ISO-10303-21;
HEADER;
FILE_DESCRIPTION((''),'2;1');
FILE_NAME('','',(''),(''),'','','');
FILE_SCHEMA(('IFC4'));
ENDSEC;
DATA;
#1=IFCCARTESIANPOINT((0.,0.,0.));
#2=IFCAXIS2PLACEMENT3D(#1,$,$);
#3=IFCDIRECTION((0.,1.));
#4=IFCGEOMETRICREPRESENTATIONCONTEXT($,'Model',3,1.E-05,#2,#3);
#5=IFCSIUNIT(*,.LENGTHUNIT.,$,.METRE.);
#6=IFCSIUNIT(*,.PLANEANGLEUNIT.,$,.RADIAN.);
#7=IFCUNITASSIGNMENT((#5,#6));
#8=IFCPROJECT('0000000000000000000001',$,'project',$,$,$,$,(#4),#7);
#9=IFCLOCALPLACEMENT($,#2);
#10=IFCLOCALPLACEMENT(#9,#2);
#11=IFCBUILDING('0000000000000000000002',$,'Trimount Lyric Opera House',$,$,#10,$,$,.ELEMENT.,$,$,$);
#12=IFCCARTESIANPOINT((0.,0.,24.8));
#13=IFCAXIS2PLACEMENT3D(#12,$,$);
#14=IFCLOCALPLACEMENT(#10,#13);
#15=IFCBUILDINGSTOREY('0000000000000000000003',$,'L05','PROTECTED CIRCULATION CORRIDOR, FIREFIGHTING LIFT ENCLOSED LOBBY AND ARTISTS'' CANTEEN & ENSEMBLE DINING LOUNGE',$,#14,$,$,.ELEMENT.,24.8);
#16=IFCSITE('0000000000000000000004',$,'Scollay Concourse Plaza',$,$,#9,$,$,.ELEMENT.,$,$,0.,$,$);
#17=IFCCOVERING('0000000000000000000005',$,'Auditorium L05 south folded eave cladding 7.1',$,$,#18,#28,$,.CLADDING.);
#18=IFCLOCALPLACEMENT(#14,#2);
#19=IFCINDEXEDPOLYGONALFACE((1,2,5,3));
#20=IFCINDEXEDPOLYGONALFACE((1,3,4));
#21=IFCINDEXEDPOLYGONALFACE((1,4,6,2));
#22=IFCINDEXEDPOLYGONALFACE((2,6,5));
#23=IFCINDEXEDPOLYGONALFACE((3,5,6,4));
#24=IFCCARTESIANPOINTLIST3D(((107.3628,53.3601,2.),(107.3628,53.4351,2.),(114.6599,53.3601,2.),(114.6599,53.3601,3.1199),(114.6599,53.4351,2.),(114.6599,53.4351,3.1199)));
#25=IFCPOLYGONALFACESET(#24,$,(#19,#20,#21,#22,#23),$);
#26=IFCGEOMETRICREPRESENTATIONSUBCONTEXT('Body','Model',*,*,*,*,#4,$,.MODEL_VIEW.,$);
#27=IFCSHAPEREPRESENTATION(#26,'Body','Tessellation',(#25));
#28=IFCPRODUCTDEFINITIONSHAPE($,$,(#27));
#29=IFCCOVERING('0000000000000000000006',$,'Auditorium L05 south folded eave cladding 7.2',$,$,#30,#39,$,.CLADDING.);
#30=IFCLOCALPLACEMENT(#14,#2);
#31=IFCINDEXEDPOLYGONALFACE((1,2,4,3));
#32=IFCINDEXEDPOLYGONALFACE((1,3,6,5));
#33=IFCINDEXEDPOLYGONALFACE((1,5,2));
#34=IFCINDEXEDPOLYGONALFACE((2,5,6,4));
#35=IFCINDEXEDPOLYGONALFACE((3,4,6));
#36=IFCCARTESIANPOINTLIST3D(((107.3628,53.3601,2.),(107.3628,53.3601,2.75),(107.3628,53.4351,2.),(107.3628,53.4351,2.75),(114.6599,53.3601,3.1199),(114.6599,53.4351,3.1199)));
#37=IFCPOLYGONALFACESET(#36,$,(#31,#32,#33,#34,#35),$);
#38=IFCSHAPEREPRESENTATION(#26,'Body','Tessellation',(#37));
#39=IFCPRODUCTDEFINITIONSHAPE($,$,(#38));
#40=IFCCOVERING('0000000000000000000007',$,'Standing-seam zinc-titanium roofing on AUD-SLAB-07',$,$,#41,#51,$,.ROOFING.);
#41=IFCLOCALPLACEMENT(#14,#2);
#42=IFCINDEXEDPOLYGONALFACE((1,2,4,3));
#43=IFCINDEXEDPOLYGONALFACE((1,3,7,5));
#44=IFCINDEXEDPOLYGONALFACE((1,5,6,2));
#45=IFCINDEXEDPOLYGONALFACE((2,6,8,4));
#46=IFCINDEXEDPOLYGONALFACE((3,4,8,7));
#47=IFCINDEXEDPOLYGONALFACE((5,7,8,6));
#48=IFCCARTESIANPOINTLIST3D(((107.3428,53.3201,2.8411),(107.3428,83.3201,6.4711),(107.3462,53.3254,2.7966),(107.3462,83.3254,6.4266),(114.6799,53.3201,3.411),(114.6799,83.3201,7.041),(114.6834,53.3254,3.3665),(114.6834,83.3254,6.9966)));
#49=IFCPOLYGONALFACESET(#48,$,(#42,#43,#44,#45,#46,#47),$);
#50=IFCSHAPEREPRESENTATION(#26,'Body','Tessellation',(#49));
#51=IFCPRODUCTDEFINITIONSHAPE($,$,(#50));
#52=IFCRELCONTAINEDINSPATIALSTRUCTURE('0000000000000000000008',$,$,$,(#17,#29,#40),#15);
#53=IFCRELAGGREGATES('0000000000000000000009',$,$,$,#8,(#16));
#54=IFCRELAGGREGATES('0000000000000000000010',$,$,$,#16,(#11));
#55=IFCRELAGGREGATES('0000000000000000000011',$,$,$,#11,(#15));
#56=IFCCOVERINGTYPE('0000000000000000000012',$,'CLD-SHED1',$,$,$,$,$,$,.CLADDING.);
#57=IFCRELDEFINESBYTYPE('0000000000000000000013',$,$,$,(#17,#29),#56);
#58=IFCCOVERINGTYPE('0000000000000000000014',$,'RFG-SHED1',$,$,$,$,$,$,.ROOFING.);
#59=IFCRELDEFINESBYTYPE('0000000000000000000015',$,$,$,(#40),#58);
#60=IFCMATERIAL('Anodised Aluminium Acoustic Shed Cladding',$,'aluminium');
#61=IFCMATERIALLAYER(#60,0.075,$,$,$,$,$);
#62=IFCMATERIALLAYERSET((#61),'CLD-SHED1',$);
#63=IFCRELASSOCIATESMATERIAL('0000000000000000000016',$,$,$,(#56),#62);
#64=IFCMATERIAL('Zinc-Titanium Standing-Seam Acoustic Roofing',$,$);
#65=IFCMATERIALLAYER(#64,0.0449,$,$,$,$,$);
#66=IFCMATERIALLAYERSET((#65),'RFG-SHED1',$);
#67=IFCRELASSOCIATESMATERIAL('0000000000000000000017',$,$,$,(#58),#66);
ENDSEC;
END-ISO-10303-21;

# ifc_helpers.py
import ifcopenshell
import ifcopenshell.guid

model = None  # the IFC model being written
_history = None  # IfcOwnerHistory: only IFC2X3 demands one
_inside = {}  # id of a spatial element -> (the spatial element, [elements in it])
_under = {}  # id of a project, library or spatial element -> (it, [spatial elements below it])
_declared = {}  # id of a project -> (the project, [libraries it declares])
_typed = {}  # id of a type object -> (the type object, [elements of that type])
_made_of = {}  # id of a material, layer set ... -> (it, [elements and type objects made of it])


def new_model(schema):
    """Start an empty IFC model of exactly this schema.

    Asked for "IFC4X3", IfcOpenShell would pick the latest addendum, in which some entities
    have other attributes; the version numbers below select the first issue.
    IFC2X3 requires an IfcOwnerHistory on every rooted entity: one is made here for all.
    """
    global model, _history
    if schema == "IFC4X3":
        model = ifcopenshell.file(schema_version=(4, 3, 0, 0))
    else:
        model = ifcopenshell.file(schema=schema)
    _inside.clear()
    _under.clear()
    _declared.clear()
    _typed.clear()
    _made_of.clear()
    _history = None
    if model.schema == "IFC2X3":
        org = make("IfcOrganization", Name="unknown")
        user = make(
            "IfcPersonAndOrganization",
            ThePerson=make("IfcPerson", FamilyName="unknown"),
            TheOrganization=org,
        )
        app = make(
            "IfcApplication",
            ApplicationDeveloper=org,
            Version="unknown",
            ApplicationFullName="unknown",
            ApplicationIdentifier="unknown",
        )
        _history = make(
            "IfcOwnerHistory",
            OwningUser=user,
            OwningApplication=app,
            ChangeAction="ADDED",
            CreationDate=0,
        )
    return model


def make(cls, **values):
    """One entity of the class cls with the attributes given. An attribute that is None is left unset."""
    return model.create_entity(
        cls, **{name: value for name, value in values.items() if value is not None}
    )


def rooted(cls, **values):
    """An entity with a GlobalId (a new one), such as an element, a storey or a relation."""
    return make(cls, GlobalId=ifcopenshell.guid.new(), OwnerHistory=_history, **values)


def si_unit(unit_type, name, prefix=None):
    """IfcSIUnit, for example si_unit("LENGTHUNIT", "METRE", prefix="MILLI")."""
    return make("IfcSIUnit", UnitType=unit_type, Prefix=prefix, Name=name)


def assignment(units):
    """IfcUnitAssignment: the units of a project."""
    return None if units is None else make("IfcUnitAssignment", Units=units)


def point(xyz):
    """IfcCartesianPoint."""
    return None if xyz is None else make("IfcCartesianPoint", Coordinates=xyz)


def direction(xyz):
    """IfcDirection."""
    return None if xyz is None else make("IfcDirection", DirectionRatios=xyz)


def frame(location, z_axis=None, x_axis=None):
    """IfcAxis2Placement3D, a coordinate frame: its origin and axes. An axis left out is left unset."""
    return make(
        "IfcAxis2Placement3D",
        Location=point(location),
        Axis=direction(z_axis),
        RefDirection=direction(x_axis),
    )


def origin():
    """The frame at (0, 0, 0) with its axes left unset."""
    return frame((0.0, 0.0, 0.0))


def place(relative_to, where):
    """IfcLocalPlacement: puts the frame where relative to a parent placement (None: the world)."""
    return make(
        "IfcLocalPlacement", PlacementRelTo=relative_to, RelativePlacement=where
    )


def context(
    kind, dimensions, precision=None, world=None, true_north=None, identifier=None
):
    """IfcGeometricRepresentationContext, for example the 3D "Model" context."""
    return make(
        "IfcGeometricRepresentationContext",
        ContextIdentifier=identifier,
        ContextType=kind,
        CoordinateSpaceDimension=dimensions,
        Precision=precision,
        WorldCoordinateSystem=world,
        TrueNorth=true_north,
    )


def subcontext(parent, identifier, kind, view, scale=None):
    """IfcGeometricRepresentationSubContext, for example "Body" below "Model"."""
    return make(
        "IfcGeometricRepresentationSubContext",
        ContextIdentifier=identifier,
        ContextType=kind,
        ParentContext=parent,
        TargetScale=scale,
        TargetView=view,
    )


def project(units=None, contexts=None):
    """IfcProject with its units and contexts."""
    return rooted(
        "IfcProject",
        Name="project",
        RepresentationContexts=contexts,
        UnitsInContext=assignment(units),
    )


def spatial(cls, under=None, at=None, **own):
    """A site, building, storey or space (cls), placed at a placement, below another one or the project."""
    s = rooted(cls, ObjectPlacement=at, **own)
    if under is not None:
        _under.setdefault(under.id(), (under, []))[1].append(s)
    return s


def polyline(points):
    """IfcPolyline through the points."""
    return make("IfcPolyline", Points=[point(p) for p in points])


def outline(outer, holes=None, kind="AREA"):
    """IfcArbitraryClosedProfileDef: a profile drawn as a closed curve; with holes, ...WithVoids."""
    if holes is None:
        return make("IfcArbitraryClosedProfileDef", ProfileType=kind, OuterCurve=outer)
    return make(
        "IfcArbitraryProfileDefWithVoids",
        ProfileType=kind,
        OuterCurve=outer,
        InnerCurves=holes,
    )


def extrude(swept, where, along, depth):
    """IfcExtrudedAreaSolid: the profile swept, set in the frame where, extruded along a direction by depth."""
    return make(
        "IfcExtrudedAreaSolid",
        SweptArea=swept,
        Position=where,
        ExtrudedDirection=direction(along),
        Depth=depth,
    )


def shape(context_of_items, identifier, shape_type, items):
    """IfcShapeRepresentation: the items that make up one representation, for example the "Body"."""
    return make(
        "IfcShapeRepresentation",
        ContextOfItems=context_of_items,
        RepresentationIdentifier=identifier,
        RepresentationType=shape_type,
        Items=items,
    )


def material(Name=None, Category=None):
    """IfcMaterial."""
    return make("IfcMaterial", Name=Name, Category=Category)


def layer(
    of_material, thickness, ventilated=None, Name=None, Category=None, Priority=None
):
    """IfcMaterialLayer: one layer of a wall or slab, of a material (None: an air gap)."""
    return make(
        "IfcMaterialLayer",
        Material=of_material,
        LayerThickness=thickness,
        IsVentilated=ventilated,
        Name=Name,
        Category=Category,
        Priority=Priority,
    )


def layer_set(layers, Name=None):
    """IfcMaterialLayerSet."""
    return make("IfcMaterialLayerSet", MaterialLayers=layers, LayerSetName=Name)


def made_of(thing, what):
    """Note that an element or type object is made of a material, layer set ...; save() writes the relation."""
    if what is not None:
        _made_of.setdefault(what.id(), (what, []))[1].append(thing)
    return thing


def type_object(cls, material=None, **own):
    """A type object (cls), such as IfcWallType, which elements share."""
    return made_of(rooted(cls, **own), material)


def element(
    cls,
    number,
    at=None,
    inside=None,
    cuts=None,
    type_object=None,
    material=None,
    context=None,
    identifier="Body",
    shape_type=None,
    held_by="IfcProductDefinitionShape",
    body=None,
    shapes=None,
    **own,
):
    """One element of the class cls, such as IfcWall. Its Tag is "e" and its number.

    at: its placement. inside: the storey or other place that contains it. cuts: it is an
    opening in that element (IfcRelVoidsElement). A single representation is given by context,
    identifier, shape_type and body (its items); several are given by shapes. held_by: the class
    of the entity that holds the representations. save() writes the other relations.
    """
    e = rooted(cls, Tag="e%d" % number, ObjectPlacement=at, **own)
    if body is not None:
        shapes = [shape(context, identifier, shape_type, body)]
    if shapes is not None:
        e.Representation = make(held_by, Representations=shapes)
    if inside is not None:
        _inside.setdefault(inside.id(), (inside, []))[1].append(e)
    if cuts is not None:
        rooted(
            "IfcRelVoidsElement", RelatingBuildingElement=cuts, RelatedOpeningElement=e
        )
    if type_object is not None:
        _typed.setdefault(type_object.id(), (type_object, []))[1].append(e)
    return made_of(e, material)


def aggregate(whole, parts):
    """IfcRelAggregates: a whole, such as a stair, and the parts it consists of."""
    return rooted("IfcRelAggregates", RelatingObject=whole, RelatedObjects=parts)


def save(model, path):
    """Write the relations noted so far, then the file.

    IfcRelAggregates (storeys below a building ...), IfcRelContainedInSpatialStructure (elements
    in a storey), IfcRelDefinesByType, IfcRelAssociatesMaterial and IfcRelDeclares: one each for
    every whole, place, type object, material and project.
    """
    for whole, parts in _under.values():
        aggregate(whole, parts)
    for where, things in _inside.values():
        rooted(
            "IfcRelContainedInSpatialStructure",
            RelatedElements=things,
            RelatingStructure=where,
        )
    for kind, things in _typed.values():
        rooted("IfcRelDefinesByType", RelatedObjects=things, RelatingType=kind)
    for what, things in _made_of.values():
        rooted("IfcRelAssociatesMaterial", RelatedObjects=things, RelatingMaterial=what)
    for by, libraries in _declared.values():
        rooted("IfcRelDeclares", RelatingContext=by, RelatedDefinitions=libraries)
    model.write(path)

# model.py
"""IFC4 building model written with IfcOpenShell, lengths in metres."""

from ifc_helpers import new_model, si_unit, direction, frame, origin, place, context, subcontext, project, spatial, polyline, outline, extrude, material, layer, layer_set, type_object, element, save


model = new_model("IFC4")

# Units and contexts
model_context = context("Model", 3, precision=1e-05, world=origin(), true_north=direction((0.0, 1.0)))
body_context = subcontext(model_context, "Body", "Model", "MODEL_VIEW")
ifc_project = project(units=[si_unit("LENGTHUNIT", "METRE"), si_unit("PLANEANGLEUNIT", "RADIAN")], contexts=[model_context])

# Site, building, storey
site_placement = place(None, origin())
site = spatial("IfcSite", under=ifc_project, at=site_placement, Name="Scollay Concourse Plaza", CompositionType="ELEMENT", RefElevation=0.0)
building_placement = place(site_placement, origin())
building = spatial("IfcBuilding", under=site, at=building_placement, Name="Trimount Lyric Opera House", CompositionType="ELEMENT")
storey_placement = place(building_placement, frame((0.0, 0.0, 24.8)))
storey = spatial("IfcBuildingStorey", under=building, at=storey_placement, Name="L05", Description="PROTECTED CIRCULATION CORRIDOR, FIREFIGHTING LIFT ENCLOSED LOBBY AND ARTISTS' CANTEEN & ENSEMBLE DINING LOUNGE", CompositionType="ELEMENT", Elevation=24.8)

# Coverings
ifc_material_1 = material(Name="Anodised Aluminium Acoustic Shed Cladding", Category="aluminium")
ifc_layer_1 = layer(ifc_material_1, 0.075)
ifc_layer_set_1 = layer_set([ifc_layer_1], Name="CLD-SHED1")
covering_type_1 = type_object("IfcCoveringType", Name="CLD-SHED1", PredefinedType="CLADDING", material=ifc_layer_set_1)
covering_1_placement = place(storey_placement, frame((107.3628, 53.3601, 2.0), z_axis=(0.0, -1.0, 0.0), x_axis=(1.0, 0.0, 0.0)))
element("IfcCovering", 1, at=covering_1_placement, inside=storey, type_object=covering_type_1, Name="Auditorium L05 south folded eave cladding 7.1", PredefinedType="CLADDING", context=body_context, shape_type="SweptSolid", body=[
    extrude(outline(polyline([(0.0, 0.0), (7.2971, 0.0), (7.2971, 1.1199), (0.0, 0.0)])), origin(), (0.0, 0.0, -1.0), 0.075),
])
covering_2_placement = place(storey_placement, frame((107.3628, 53.3601, 2.0), z_axis=(0.0, -1.0, 0.0), x_axis=(0.988428, 0.0, 0.151692)))
element("IfcCovering", 2, at=covering_2_placement, inside=storey, type_object=covering_type_1, Name="Auditorium L05 south folded eave cladding 7.2", PredefinedType="CLADDING", context=body_context, shape_type="SweptSolid", body=[
    extrude(outline(polyline([(0.0, 0.0), (7.3826, 0.0), (0.1138, 0.7413), (0.0, 0.0)])), origin(), (0.0, 0.0, -1.0), 0.075),
])
ifc_material_2 = material(Name="Zinc-Titanium Standing-Seam Acoustic Roofing")
ifc_layer_2 = layer(ifc_material_2, 0.0449)
ifc_layer_set_2 = layer_set([ifc_layer_2], Name="RFG-SHED1")
covering_type_2 = type_object("IfcCoveringType", Name="RFG-SHED1", PredefinedType="ROOFING", material=ifc_layer_set_2)
covering_3_placement = place(storey_placement, frame((107.3428, 53.3201, 2.8411), z_axis=(-0.076889, -0.119768, 0.98982), x_axis=(0.996997, -0.000002, 0.077446)))
element("IfcCovering", 3, at=covering_3_placement, inside=storey, type_object=covering_type_2, Name="Standing-seam zinc-titanium roofing on AUD-SLAB-07", PredefinedType="ROOFING", context=body_context, shape_type="SweptSolid", body=[
    extrude(outline(polyline([(0.0, 0.0), (7.3593, 0.0), (7.6403, 30.2175), (0.2811, 30.2175), (0.0, 0.0)])), origin(), (0.0, 0.0, -1.0), 0.0449),
])

save(model, "model.ifc")
